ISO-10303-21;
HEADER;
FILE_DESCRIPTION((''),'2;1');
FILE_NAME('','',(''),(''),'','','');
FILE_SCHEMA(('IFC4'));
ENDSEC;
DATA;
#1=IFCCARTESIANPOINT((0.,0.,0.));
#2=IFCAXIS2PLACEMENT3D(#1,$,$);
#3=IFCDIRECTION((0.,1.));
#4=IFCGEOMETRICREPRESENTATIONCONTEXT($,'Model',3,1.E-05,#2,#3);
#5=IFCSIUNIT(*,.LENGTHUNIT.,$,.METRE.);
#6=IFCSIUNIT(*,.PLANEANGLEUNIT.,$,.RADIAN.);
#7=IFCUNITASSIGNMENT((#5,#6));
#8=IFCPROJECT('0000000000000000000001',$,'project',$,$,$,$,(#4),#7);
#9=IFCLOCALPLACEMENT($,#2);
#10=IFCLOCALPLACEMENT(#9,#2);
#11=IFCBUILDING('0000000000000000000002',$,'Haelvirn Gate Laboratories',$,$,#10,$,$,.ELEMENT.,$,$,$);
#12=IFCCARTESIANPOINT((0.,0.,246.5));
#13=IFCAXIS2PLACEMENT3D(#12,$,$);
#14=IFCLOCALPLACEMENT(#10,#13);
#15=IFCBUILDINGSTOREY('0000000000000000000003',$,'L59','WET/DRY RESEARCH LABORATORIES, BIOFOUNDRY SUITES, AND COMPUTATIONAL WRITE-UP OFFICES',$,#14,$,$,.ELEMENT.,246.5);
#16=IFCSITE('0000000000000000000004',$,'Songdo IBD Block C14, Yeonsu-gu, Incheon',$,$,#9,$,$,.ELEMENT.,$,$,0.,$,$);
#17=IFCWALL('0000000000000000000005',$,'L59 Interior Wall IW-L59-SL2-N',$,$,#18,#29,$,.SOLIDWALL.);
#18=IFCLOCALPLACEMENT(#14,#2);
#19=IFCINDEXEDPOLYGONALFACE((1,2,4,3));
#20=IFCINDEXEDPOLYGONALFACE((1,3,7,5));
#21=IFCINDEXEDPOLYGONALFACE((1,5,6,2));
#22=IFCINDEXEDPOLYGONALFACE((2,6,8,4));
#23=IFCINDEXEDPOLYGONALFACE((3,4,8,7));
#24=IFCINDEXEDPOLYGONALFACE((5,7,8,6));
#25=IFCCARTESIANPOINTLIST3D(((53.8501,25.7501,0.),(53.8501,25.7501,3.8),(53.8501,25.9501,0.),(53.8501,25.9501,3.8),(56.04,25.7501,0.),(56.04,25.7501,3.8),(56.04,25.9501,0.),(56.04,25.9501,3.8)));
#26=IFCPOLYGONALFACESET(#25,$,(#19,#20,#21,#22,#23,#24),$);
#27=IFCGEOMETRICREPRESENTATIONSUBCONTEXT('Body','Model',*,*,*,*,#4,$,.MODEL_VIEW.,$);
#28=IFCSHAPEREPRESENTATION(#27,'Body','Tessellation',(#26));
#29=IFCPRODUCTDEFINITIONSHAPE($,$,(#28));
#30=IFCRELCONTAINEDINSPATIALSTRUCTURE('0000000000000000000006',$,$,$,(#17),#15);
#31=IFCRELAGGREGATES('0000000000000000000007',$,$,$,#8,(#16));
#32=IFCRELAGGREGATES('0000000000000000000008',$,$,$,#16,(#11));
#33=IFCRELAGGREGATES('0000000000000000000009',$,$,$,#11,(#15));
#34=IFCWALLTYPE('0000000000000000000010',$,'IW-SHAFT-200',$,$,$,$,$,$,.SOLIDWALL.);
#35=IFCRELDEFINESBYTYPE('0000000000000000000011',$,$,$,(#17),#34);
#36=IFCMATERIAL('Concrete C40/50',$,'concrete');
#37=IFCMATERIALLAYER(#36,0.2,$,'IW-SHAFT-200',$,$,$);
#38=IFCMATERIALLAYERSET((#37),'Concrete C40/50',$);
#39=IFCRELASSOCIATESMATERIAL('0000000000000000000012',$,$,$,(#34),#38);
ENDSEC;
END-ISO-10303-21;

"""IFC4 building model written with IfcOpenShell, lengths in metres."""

from ifc_helpers import new_model, si_unit, direction, frame, frame_2d, origin, place, context, subcontext, project, spatial, rectangle, extrude, material, layer, layer_set, type_object, element, save


model = new_model("IFC4")

# Units and contexts
model_context = context("Model", 3, precision=1e-05, world=origin(), true_north=direction((0.0, 1.0)))
body_context = subcontext(model_context, "Body", "Model", "MODEL_VIEW")
ifc_project = project(units=[si_unit("LENGTHUNIT", "METRE"), si_unit("PLANEANGLEUNIT", "RADIAN")], contexts=[model_context])

# Site, building, storey
site_placement = place(None, origin())
site = spatial("IfcSite", under=ifc_project, at=site_placement, Name="Songdo IBD Block C14, Yeonsu-gu, Incheon", CompositionType="ELEMENT", RefElevation=0.0)
building_placement = place(site_placement, origin())
building = spatial("IfcBuilding", under=site, at=building_placement, Name="Haelvirn Gate Laboratories", CompositionType="ELEMENT")
storey_placement = place(building_placement, frame((0.0, 0.0, 246.5)))
storey = spatial("IfcBuildingStorey", under=building, at=storey_placement, Name="L59", Description="WET/DRY RESEARCH LABORATORIES, BIOFOUNDRY SUITES, AND COMPUTATIONAL WRITE-UP OFFICES", CompositionType="ELEMENT", Elevation=246.5)

# Wall
ifc_material_1 = material(Name="Concrete C40/50", Category="concrete")
ifc_layer_1 = layer(ifc_material_1, 0.2, Name="IW-SHAFT-200")
ifc_layer_set_1 = layer_set([ifc_layer_1], Name="Concrete C40/50")
wall_type_1 = type_object("IfcWallType", Name="IW-SHAFT-200", PredefinedType="SOLIDWALL", material=ifc_layer_set_1)
wall_1_placement = place(storey_placement, frame((53.8501, 25.8501, 0.0), z_axis=(0.0, 0.0, 1.0), x_axis=(1.0, 0.0, 0.0)))
element("IfcWall", 1, at=wall_1_placement, inside=storey, type_object=wall_type_1, Name="L59 Interior Wall IW-L59-SL2-N", PredefinedType="SOLIDWALL", context=body_context, shape_type="SweptSolid", body=[
    extrude(rectangle(XDim=2.1899, YDim=0.2, at=frame_2d((1.095, 0.0))), origin(), (0.0, 0.0, 1.0), 3.8),
])

save(model, "model.ifc")
